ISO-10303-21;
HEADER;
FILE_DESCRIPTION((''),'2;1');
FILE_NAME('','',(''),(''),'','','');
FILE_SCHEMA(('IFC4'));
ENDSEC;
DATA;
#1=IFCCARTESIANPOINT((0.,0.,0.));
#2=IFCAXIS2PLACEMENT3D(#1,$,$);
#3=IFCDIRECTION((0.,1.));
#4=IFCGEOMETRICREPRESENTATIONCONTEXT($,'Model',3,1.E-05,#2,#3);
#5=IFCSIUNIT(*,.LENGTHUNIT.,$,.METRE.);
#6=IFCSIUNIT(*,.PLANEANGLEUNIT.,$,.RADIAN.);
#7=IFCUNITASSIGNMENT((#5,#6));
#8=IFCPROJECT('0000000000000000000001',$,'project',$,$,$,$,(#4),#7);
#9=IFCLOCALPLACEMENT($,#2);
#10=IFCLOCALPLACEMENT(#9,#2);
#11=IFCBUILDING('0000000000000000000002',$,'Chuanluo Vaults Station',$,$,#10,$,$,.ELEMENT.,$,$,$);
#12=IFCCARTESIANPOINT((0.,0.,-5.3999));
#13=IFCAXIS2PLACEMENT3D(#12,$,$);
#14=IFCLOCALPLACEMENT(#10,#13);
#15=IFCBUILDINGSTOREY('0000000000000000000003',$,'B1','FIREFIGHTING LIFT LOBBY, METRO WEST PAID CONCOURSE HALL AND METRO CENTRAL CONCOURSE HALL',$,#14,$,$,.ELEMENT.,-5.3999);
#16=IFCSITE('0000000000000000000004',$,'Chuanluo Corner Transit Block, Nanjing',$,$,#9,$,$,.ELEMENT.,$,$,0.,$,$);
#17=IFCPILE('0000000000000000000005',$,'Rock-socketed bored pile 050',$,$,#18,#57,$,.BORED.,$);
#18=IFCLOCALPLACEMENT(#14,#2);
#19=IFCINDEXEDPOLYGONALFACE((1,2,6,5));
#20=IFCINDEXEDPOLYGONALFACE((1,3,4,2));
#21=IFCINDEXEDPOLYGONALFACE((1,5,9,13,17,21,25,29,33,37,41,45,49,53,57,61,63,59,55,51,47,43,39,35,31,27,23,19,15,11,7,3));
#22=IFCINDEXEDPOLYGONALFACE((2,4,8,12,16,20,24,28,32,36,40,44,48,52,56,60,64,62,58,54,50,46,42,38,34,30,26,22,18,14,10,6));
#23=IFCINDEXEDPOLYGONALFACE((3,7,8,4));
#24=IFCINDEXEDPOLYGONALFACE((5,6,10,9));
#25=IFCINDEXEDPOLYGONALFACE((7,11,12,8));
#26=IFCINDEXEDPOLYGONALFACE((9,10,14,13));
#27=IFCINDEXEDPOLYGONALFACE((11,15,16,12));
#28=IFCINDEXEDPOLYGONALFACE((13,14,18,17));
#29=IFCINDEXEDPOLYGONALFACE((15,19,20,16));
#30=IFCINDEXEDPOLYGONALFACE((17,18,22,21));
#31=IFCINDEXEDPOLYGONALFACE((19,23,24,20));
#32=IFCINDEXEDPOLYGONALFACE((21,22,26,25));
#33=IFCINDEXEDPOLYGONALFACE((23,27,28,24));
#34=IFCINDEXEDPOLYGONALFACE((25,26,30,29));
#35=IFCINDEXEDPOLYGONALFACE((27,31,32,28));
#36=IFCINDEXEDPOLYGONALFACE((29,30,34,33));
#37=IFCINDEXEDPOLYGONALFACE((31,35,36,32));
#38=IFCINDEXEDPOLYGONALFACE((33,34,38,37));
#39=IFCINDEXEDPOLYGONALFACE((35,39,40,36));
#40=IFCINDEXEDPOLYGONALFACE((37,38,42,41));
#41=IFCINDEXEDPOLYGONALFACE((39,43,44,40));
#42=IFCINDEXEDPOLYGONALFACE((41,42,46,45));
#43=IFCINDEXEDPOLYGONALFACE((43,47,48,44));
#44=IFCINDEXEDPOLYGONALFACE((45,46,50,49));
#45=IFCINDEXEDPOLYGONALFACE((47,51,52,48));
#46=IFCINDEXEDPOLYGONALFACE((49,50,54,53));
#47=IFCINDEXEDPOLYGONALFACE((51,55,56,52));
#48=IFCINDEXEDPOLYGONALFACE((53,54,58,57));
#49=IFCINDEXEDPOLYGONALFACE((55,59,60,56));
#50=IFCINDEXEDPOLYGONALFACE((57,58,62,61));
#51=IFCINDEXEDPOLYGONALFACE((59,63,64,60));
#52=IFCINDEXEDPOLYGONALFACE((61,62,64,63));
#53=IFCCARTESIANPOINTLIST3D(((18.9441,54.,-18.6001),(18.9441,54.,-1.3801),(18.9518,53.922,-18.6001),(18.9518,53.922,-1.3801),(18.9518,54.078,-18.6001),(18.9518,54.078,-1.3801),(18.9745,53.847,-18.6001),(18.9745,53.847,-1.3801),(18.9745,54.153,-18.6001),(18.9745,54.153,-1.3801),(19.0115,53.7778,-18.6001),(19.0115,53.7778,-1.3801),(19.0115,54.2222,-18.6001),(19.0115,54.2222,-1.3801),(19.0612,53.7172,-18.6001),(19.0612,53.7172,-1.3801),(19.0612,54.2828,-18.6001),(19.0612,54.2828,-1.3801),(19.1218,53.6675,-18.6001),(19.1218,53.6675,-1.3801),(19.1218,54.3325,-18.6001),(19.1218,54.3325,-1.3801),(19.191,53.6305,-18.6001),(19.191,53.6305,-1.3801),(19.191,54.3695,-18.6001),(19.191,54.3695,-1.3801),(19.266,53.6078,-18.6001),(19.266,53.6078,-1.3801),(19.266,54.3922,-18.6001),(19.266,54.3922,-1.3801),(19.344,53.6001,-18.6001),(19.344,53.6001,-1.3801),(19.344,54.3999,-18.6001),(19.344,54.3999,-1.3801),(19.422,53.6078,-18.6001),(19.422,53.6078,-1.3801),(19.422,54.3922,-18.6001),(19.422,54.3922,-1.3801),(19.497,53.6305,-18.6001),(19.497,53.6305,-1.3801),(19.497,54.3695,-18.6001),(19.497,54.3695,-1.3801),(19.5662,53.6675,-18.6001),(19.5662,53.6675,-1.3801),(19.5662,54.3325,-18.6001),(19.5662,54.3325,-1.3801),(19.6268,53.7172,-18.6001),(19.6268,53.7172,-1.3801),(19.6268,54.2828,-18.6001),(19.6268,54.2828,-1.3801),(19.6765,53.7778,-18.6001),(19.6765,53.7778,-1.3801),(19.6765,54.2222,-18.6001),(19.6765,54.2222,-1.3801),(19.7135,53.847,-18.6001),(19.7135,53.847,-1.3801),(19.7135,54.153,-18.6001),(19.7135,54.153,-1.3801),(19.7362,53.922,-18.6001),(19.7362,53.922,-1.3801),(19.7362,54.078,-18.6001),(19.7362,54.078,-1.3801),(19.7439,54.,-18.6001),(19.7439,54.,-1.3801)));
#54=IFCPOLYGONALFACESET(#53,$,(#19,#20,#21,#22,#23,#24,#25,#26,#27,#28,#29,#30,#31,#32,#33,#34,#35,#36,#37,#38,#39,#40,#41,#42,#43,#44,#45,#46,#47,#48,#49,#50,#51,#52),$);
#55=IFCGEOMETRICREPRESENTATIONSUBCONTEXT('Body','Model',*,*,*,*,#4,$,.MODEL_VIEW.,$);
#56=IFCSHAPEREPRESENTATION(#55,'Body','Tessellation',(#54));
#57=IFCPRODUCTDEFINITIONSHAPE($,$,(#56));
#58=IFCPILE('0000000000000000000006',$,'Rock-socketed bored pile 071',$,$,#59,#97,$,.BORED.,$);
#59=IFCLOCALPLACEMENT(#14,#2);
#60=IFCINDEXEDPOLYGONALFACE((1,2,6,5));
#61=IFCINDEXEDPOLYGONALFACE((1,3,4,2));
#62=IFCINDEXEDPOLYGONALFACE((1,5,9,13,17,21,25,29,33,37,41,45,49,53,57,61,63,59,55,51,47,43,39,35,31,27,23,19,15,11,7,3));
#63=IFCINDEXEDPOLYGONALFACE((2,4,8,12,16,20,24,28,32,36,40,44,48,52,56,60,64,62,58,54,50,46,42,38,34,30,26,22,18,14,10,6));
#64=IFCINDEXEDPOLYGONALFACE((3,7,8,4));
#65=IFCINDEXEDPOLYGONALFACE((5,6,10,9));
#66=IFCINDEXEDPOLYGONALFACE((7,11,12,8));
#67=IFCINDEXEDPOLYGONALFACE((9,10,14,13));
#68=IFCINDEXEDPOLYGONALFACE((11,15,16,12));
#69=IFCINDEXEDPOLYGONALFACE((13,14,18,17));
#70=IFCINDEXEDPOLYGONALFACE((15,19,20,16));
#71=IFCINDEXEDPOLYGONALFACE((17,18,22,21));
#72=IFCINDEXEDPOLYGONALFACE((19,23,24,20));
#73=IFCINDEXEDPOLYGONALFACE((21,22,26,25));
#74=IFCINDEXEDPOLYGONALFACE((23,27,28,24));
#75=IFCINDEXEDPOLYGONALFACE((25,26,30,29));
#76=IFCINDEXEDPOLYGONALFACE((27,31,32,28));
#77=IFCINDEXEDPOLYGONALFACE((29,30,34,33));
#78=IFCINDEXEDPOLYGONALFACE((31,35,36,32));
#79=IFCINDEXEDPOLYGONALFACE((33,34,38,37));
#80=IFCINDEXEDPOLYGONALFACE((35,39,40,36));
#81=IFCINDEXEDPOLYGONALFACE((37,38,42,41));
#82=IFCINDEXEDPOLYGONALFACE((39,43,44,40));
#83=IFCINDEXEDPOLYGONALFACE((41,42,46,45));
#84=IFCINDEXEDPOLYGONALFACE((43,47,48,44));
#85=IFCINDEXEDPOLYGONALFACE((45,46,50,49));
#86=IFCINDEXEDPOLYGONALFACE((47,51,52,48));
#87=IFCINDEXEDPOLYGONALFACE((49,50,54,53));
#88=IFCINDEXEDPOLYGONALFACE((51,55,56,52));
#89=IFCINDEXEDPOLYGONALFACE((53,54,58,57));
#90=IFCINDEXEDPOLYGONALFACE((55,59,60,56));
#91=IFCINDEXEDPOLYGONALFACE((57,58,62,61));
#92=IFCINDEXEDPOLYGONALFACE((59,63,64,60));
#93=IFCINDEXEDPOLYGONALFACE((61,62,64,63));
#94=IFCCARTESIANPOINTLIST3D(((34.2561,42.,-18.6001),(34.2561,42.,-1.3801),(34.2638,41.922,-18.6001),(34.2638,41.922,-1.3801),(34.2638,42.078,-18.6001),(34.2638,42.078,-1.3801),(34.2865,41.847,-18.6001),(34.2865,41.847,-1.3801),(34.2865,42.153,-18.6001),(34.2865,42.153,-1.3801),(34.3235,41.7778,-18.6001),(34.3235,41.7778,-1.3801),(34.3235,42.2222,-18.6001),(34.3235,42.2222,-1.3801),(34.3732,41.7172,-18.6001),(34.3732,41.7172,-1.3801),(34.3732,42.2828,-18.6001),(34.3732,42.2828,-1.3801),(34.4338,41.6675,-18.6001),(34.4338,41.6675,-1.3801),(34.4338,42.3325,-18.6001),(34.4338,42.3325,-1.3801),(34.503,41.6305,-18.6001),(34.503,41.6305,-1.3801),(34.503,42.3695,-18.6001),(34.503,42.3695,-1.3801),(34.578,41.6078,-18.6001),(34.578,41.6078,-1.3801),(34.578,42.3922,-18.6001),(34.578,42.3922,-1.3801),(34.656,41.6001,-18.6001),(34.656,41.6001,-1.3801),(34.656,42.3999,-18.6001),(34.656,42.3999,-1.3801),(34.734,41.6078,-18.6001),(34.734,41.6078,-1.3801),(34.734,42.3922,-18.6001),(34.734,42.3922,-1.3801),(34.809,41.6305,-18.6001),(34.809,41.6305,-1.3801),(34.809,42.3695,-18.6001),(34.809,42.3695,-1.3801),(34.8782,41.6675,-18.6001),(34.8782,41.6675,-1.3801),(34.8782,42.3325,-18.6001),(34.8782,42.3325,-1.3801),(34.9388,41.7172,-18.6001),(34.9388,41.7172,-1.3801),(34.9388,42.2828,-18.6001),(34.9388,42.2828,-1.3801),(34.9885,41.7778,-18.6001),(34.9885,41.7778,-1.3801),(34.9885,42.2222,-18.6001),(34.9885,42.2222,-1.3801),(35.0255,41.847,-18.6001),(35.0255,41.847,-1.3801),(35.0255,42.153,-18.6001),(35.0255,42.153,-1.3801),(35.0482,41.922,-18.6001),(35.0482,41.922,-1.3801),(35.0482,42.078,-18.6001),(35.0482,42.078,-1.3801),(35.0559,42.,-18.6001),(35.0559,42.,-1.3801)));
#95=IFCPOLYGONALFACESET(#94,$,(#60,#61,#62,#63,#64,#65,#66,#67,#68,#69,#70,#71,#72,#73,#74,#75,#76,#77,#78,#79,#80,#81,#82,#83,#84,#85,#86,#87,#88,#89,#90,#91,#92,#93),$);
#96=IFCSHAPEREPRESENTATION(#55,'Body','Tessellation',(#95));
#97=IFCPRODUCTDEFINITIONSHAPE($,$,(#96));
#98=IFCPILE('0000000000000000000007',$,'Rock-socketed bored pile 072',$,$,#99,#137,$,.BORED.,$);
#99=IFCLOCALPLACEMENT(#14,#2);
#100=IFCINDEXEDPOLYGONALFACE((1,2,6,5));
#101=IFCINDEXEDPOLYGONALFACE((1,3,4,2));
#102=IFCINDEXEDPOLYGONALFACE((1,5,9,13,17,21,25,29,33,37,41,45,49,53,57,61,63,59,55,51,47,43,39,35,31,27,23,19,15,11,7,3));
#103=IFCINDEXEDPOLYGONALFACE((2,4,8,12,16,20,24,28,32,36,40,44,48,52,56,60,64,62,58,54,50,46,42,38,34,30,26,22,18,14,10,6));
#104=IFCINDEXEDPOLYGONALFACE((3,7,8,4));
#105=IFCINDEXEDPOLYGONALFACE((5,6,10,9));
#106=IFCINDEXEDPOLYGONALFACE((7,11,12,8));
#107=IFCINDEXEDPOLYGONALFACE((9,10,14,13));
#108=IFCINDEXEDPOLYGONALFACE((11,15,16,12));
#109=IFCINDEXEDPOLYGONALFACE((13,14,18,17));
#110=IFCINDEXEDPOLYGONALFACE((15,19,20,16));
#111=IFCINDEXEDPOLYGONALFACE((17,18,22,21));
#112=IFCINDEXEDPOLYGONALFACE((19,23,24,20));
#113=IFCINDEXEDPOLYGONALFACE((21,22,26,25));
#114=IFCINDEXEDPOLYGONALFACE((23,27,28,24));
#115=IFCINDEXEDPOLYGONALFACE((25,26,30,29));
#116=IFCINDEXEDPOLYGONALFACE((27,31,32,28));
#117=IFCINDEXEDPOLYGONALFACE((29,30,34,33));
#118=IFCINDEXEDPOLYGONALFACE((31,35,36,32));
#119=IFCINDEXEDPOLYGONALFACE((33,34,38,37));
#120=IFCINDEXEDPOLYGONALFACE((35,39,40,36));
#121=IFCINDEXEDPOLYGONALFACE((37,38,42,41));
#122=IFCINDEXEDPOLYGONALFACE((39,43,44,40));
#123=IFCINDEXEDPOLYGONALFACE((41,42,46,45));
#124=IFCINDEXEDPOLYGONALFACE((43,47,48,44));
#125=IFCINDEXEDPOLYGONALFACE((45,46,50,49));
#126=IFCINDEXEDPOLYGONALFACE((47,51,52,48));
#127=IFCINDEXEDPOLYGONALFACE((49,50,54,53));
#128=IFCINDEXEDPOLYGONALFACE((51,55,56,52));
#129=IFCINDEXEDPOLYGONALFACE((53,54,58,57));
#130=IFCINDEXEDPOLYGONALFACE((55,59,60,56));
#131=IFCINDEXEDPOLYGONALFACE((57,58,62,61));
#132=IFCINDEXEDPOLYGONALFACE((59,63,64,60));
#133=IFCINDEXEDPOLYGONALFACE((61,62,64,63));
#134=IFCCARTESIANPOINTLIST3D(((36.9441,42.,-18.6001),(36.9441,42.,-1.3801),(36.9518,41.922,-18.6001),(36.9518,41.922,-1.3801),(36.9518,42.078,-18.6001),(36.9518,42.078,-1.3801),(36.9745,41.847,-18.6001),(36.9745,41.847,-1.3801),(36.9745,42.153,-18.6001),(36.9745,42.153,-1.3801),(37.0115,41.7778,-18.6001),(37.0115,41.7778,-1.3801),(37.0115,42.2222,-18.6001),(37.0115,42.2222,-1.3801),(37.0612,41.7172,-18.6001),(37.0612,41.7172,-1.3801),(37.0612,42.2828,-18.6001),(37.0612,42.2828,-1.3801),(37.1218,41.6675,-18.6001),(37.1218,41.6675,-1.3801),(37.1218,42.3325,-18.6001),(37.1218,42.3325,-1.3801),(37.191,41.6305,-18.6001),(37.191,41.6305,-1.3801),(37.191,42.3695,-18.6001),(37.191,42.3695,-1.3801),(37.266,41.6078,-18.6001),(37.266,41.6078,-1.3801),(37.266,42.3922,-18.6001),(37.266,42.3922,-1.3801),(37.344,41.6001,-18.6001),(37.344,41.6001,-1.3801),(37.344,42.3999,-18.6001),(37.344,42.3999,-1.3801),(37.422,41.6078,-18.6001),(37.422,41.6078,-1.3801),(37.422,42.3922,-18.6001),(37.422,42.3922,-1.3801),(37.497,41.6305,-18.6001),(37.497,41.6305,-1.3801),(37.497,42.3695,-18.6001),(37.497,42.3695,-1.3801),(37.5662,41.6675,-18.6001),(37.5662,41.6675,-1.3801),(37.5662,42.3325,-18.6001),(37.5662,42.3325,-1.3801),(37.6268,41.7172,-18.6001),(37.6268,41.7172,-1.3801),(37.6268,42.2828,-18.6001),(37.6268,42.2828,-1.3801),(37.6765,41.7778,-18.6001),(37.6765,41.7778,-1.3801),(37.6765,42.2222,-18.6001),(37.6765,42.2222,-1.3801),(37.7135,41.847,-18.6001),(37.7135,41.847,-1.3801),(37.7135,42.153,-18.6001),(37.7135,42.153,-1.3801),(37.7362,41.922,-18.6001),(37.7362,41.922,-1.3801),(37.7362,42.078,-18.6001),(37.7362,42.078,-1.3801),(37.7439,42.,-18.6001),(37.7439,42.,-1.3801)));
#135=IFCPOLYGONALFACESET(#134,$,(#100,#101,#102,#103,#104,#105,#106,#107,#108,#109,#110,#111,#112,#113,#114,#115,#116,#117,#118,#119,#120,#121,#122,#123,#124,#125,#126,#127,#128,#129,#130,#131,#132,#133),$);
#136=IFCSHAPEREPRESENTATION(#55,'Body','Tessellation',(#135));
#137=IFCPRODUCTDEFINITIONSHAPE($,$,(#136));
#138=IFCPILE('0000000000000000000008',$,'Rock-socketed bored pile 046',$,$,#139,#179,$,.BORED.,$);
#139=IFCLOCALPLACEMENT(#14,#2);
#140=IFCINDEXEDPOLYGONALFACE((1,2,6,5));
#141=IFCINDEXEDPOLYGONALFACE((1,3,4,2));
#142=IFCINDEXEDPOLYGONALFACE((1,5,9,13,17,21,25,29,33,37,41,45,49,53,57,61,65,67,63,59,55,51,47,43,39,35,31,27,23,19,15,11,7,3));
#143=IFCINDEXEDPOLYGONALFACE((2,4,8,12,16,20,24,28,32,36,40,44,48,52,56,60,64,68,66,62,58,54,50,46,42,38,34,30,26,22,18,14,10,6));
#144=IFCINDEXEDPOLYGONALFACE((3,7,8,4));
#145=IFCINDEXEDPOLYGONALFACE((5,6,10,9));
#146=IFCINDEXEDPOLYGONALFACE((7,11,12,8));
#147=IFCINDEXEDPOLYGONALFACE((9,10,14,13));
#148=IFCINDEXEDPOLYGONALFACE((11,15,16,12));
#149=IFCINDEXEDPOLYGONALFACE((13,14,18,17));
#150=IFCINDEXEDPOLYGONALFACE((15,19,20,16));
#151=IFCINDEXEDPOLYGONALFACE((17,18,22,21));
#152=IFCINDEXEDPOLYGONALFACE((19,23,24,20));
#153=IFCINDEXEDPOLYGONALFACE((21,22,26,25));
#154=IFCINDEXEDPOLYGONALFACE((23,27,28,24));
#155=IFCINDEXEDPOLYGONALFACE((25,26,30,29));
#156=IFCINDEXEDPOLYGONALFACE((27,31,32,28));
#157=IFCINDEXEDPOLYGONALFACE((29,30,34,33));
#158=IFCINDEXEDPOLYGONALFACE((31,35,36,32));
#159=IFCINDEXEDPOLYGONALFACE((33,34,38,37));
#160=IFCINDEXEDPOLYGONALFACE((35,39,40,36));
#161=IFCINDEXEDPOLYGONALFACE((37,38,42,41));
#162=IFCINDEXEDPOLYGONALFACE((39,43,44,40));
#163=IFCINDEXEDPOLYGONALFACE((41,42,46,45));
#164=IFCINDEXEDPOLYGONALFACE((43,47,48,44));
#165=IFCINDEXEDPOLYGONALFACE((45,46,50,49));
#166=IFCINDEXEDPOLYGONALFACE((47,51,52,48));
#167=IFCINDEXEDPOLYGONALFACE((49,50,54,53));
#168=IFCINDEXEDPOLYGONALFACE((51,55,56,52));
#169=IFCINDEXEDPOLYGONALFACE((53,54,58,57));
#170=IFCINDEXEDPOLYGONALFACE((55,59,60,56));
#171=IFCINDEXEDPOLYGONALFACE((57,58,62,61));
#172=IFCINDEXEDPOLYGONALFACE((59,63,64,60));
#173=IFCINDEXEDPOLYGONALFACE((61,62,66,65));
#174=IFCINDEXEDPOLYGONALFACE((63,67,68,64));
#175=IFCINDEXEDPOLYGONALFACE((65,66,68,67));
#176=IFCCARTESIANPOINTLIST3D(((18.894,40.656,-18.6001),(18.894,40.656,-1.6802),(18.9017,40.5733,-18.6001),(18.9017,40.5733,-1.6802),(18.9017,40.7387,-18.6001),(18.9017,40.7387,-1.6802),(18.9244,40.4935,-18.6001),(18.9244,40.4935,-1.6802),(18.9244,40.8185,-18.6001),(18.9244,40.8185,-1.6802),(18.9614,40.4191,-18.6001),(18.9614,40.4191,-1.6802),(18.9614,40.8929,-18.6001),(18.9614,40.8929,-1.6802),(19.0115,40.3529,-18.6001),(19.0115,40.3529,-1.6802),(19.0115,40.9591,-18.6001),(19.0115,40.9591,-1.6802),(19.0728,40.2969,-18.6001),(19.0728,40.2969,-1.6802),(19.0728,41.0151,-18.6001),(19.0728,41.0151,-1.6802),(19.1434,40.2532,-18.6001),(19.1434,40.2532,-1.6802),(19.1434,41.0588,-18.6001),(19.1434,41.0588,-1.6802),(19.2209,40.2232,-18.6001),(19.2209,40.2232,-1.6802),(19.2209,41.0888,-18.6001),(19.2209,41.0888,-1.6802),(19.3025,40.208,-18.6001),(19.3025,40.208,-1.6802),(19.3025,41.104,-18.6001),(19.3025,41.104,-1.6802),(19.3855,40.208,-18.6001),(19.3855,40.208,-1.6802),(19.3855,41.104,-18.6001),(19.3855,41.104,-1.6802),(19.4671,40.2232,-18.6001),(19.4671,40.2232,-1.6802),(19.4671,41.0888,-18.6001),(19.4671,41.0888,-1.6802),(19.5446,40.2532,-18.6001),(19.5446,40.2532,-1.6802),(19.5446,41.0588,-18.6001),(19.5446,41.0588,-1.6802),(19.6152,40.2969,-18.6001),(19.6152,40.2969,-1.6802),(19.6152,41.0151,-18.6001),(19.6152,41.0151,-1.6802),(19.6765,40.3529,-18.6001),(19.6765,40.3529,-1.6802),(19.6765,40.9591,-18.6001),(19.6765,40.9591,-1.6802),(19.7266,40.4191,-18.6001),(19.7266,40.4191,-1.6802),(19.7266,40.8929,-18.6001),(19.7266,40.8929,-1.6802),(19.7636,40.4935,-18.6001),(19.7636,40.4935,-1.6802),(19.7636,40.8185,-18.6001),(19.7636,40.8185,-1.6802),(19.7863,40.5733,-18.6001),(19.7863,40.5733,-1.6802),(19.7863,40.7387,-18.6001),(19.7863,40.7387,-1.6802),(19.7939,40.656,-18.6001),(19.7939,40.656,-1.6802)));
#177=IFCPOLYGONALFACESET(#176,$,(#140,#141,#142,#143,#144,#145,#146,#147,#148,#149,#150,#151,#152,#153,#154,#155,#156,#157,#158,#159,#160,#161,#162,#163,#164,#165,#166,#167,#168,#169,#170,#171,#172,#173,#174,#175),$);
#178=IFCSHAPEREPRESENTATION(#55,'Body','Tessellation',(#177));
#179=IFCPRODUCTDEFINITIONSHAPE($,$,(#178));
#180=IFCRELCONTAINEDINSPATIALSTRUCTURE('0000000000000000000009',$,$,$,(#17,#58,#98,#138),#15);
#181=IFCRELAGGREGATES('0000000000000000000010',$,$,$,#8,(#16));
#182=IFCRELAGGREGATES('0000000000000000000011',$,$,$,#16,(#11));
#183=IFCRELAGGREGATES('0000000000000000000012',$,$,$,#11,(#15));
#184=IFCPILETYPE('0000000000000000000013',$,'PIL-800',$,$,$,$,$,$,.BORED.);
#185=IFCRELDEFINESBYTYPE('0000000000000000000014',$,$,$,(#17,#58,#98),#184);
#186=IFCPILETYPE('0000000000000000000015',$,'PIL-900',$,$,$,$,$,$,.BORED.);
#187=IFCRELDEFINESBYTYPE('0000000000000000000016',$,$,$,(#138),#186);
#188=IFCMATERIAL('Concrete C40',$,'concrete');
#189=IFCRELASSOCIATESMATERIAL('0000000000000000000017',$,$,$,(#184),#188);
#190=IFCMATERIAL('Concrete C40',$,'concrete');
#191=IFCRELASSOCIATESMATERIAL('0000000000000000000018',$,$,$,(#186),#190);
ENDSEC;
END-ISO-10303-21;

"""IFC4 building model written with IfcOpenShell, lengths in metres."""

from ifc_helpers import new_model, si_unit, direction, frame, origin, origin_2d, place, context, subcontext, project, spatial, circle, extrude, material, material_profile, profile_set, type_object, element, save


model = new_model("IFC4")

# Units and contexts
model_context = context("Model", 3, precision=1e-05, world=origin(), true_north=direction((0.0, 1.0)))
body_context = subcontext(model_context, "Body", "Model", "MODEL_VIEW")
ifc_project = project(units=[si_unit("LENGTHUNIT", "METRE"), si_unit("PLANEANGLEUNIT", "RADIAN")], contexts=[model_context])

# Site, building, storey
site_placement = place(None, origin())
site = spatial("IfcSite", under=ifc_project, at=site_placement, Name="Chuanluo Corner Transit Block, Nanjing", CompositionType="ELEMENT", RefElevation=0.0)
building_placement = place(site_placement, origin())
building = spatial("IfcBuilding", under=site, at=building_placement, Name="Chuanluo Vaults Station", CompositionType="ELEMENT")
storey_placement = place(building_placement, frame((0.0, 0.0, -5.3999)))
storey = spatial("IfcBuildingStorey", under=building, at=storey_placement, Name="B1", Description="FIREFIGHTING LIFT LOBBY, METRO WEST PAID CONCOURSE HALL AND METRO CENTRAL CONCOURSE HALL", CompositionType="ELEMENT", Elevation=-5.3999)

# Piles
ifc_material_1 = material(Name="Concrete C40", Category="concrete")
ifc_material_profile_1 = material_profile(ifc_material_1, circle(Radius=0.3999, at=origin_2d()))
ifc_profile_set_1 = profile_set([ifc_material_profile_1], Name="Concrete C40")
pile_type_1 = type_object("IfcPileType", Name="PIL-800", PredefinedType="BORED", material=ifc_profile_set_1)
for number, where, z_axis, x_axis, name in (
    (1, (19.344, 54.0, -1.3801), (0.0, 0.0, -1.0), (1.0, 0.0, 0.0), "Rock-socketed bored pile 050"),
    (2, (34.656, 42.0, -1.3801), (0.0, 0.0, -1.0), (1.0, 0.0, 0.0), "Rock-socketed bored pile 071"),
    (3, (37.344, 42.0, -1.3801), (0.0, 0.0, -1.0), (1.0, 0.0, 0.0), "Rock-socketed bored pile 072"),
):
    element("IfcPile", number, at=place(storey_placement, frame(where, z_axis=z_axis, x_axis=x_axis)), inside=storey, type_object=pile_type_1, Name=name, PredefinedType="BORED", context=body_context, shape_type="SweptSolid", body=[
        extrude(circle(Radius=0.3999, at=origin_2d()), origin(), (0.0, 0.0, 1.0), 17.22),
    ])
ifc_material_2 = material(Name="Concrete C40", Category="concrete")
ifc_material_profile_2 = material_profile(ifc_material_2, circle(Radius=0.45, at=origin_2d()))
ifc_profile_set_2 = profile_set([ifc_material_profile_2], Name="Concrete C40")
pile_type_2 = type_object("IfcPileType", Name="PIL-900", PredefinedType="BORED", material=ifc_profile_set_2)
for number, where, z_axis, x_axis, name in (
    (4, (19.344, 40.656, -1.6802), (0.0, 0.0, -1.0), (1.0, 0.0, 0.0), "Rock-socketed bored pile 046"),
):
    element("IfcPile", number, at=place(storey_placement, frame(where, z_axis=z_axis, x_axis=x_axis)), inside=storey, type_object=pile_type_2, Name=name, PredefinedType="BORED", context=body_context, shape_type="SweptSolid", body=[
        extrude(circle(Radius=0.45, at=origin_2d()), origin(), (0.0, 0.0, 1.0), 16.9199),
    ])

save(model, "model.ifc")
